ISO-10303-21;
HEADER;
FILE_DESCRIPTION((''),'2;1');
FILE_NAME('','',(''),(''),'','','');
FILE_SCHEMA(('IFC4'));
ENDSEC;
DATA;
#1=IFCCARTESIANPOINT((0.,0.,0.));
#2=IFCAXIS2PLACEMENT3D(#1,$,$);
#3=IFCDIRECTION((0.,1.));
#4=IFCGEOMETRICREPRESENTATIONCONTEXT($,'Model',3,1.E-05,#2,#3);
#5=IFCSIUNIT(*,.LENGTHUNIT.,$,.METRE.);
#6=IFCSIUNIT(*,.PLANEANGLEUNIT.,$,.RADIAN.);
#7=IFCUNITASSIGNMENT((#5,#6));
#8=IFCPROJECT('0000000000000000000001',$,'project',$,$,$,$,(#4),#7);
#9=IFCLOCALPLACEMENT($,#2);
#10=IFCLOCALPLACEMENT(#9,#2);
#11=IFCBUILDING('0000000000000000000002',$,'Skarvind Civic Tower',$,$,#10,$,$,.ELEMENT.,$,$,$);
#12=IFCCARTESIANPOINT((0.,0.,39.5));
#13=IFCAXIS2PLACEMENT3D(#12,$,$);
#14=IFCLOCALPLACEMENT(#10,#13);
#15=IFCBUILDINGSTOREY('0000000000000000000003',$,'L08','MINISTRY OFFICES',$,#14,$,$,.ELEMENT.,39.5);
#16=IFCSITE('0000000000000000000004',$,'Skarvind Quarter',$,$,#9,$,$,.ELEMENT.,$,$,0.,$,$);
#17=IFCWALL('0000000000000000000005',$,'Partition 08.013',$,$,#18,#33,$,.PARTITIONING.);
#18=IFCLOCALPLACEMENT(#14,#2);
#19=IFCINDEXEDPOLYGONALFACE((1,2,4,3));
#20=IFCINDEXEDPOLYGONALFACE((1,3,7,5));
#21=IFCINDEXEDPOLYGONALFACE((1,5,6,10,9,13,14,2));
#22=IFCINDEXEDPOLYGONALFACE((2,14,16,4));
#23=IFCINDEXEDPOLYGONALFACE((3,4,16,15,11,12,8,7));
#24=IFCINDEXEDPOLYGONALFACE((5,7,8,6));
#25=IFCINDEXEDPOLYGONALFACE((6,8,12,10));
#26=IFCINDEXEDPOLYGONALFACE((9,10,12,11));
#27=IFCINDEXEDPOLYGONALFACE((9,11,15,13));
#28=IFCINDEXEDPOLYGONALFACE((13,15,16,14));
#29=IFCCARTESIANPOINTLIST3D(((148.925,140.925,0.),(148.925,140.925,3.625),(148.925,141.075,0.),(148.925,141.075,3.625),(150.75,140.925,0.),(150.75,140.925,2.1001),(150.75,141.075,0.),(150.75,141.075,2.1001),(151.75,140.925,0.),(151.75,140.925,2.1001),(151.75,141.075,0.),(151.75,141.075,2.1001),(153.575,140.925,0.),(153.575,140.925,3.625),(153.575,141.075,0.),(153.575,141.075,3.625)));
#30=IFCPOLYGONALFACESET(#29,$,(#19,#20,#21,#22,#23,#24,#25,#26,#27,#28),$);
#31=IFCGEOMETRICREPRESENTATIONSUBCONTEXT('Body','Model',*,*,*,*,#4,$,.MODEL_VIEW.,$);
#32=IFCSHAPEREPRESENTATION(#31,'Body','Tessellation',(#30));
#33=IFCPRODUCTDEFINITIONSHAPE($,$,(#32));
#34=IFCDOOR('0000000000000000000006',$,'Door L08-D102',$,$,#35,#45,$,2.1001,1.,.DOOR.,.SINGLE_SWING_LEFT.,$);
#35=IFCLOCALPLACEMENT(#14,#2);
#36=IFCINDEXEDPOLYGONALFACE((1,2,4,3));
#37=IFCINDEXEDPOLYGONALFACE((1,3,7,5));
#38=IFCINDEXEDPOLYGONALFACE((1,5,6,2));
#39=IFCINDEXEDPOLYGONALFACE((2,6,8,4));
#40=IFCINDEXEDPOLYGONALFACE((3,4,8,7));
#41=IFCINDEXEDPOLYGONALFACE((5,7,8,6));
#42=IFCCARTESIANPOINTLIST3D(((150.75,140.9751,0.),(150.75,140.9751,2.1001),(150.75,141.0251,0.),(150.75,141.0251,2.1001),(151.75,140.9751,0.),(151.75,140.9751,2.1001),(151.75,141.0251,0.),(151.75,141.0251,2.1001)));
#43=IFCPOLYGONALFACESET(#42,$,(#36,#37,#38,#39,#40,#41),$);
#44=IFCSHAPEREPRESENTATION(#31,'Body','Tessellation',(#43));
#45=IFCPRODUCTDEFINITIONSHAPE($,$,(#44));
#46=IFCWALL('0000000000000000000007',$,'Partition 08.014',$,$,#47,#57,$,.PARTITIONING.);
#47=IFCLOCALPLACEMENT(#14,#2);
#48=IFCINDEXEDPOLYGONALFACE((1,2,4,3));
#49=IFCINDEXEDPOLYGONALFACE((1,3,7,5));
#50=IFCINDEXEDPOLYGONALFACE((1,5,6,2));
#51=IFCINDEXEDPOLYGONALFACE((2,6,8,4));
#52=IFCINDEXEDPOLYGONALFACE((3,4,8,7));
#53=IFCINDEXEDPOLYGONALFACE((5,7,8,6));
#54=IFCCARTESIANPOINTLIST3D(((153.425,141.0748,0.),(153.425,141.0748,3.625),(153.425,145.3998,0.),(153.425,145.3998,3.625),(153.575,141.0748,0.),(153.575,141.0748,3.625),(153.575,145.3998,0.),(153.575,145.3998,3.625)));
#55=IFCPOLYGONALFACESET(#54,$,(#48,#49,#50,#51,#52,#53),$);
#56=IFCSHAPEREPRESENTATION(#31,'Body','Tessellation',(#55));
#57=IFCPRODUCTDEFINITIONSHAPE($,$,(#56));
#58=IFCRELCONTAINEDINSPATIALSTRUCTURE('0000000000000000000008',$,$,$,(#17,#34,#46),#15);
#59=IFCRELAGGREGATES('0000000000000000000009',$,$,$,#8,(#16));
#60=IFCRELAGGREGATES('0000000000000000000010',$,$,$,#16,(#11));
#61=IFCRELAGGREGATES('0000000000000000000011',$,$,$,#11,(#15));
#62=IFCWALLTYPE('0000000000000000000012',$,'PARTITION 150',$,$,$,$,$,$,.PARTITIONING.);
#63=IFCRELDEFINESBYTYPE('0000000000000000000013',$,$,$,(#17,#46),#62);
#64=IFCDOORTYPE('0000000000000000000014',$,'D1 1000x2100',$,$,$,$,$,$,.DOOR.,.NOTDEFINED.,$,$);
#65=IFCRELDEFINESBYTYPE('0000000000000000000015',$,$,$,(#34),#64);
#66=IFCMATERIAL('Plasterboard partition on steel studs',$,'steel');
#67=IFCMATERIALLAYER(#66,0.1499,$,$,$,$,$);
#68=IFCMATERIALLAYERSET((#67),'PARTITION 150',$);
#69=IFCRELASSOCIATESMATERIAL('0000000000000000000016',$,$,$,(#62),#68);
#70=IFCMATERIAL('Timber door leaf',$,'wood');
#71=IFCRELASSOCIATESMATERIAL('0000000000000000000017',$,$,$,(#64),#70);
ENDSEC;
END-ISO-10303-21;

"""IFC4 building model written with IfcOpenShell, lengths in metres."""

from ifc_helpers import new_model, si_unit, direction, frame, frame_2d, origin, place, context, subcontext, project, spatial, rectangle, extrude, material, layer, layer_set, type_object, element, fill, save


model = new_model("IFC4")

# Units and contexts
model_context = context("Model", 3, precision=1e-05, world=origin(), true_north=direction((0.0, 1.0)))
body_context = subcontext(model_context, "Body", "Model", "MODEL_VIEW")
ifc_project = project(units=[si_unit("LENGTHUNIT", "METRE"), si_unit("PLANEANGLEUNIT", "RADIAN")], contexts=[model_context])

# Site, building, storey
site_placement = place(None, origin())
site = spatial("IfcSite", under=ifc_project, at=site_placement, Name="Skarvind Quarter", CompositionType="ELEMENT", RefElevation=0.0)
building_placement = place(site_placement, origin())
building = spatial("IfcBuilding", under=site, at=building_placement, Name="Skarvind Civic Tower", CompositionType="ELEMENT")
storey_placement = place(building_placement, frame((0.0, 0.0, 39.5)))
storey = spatial("IfcBuildingStorey", under=building, at=storey_placement, Name="L08", Description="MINISTRY OFFICES", CompositionType="ELEMENT", Elevation=39.5)

# Shared definitions
ifc_material_1 = material(Name="Timber door leaf", Category="wood")

# Shared definitions
ifc_material_2 = material(Name="Plasterboard partition on steel studs", Category="steel")
ifc_layer_1 = layer(ifc_material_2, 0.1499)
ifc_layer_set_1 = layer_set([ifc_layer_1], Name="PARTITION 150")
wall_type_1 = type_object("IfcWallType", Name="PARTITION 150", PredefinedType="PARTITIONING", material=ifc_layer_set_1)

# Wall, opening, door
wall_1_placement = place(storey_placement, frame((153.575, 141.0, 0.0), z_axis=(0.0, 0.0, 1.0), x_axis=(-1.0, 0.0, 0.0)))
wall_1 = element("IfcWall", 1, at=wall_1_placement, inside=storey, type_object=wall_type_1, Name="Partition 08.013", PredefinedType="PARTITIONING", context=body_context, shape_type="SweptSolid", body=[
    extrude(rectangle(XDim=4.6499, YDim=0.1499, at=frame_2d((2.325, 0.0))), origin(), (0.0, 0.0, 1.0), 3.625),
])
opening_1_placement = place(wall_1_placement, frame((1.825, 0.0, 0.0)))
opening_1 = element("IfcOpeningElement", 2, at=opening_1_placement, cuts=wall_1, PredefinedType="OPENING", context=body_context, shape_type="SweptSolid", body=[
    extrude(rectangle(XDim=1.0, YDim=2.1001, at=frame_2d((0.5, 1.05))), frame((0.0, 0.085, 0.0), z_axis=(0.0, -1.0, 0.0), x_axis=(1.0, 0.0, 0.0)), (0.0, 0.0, 1.0), 0.1699),
])
door_type_1 = type_object("IfcDoorType", Name="D1 1000x2100", OperationType="NOTDEFINED", PredefinedType="DOOR", material=ifc_material_1)
door_1_placement = place(opening_1_placement, origin())
door_1 = element("IfcDoor", 3, at=door_1_placement, inside=storey, type_object=door_type_1, Name="Door L08-D102", OperationType="SINGLE_SWING_LEFT", OverallHeight=2.1001, OverallWidth=1.0, PredefinedType="DOOR", context=body_context, shape_type="SweptSolid", body=[
    extrude(rectangle(XDim=1.0, YDim=2.1001, at=frame_2d((0.5, 1.05))), frame((0.0, 0.0249, 0.0), z_axis=(0.0, -1.0, 0.0), x_axis=(1.0, 0.0, 0.0)), (0.0, 0.0, 1.0), 0.05),
])
fill(opening_1, door_1)

# Wall
wall_2_placement = place(storey_placement, frame((153.5, 145.3999, 0.0), z_axis=(0.0, 0.0, 1.0), x_axis=(0.0, -1.0, 0.0)))
element("IfcWall", 4, at=wall_2_placement, inside=storey, type_object=wall_type_1, Name="Partition 08.014", PredefinedType="PARTITIONING", context=body_context, shape_type="SweptSolid", body=[
    extrude(rectangle(XDim=4.325, YDim=0.1499, at=frame_2d((2.1626, 0.0))), origin(), (0.0, 0.0, 1.0), 3.625),
])

save(model, "model.ifc")
